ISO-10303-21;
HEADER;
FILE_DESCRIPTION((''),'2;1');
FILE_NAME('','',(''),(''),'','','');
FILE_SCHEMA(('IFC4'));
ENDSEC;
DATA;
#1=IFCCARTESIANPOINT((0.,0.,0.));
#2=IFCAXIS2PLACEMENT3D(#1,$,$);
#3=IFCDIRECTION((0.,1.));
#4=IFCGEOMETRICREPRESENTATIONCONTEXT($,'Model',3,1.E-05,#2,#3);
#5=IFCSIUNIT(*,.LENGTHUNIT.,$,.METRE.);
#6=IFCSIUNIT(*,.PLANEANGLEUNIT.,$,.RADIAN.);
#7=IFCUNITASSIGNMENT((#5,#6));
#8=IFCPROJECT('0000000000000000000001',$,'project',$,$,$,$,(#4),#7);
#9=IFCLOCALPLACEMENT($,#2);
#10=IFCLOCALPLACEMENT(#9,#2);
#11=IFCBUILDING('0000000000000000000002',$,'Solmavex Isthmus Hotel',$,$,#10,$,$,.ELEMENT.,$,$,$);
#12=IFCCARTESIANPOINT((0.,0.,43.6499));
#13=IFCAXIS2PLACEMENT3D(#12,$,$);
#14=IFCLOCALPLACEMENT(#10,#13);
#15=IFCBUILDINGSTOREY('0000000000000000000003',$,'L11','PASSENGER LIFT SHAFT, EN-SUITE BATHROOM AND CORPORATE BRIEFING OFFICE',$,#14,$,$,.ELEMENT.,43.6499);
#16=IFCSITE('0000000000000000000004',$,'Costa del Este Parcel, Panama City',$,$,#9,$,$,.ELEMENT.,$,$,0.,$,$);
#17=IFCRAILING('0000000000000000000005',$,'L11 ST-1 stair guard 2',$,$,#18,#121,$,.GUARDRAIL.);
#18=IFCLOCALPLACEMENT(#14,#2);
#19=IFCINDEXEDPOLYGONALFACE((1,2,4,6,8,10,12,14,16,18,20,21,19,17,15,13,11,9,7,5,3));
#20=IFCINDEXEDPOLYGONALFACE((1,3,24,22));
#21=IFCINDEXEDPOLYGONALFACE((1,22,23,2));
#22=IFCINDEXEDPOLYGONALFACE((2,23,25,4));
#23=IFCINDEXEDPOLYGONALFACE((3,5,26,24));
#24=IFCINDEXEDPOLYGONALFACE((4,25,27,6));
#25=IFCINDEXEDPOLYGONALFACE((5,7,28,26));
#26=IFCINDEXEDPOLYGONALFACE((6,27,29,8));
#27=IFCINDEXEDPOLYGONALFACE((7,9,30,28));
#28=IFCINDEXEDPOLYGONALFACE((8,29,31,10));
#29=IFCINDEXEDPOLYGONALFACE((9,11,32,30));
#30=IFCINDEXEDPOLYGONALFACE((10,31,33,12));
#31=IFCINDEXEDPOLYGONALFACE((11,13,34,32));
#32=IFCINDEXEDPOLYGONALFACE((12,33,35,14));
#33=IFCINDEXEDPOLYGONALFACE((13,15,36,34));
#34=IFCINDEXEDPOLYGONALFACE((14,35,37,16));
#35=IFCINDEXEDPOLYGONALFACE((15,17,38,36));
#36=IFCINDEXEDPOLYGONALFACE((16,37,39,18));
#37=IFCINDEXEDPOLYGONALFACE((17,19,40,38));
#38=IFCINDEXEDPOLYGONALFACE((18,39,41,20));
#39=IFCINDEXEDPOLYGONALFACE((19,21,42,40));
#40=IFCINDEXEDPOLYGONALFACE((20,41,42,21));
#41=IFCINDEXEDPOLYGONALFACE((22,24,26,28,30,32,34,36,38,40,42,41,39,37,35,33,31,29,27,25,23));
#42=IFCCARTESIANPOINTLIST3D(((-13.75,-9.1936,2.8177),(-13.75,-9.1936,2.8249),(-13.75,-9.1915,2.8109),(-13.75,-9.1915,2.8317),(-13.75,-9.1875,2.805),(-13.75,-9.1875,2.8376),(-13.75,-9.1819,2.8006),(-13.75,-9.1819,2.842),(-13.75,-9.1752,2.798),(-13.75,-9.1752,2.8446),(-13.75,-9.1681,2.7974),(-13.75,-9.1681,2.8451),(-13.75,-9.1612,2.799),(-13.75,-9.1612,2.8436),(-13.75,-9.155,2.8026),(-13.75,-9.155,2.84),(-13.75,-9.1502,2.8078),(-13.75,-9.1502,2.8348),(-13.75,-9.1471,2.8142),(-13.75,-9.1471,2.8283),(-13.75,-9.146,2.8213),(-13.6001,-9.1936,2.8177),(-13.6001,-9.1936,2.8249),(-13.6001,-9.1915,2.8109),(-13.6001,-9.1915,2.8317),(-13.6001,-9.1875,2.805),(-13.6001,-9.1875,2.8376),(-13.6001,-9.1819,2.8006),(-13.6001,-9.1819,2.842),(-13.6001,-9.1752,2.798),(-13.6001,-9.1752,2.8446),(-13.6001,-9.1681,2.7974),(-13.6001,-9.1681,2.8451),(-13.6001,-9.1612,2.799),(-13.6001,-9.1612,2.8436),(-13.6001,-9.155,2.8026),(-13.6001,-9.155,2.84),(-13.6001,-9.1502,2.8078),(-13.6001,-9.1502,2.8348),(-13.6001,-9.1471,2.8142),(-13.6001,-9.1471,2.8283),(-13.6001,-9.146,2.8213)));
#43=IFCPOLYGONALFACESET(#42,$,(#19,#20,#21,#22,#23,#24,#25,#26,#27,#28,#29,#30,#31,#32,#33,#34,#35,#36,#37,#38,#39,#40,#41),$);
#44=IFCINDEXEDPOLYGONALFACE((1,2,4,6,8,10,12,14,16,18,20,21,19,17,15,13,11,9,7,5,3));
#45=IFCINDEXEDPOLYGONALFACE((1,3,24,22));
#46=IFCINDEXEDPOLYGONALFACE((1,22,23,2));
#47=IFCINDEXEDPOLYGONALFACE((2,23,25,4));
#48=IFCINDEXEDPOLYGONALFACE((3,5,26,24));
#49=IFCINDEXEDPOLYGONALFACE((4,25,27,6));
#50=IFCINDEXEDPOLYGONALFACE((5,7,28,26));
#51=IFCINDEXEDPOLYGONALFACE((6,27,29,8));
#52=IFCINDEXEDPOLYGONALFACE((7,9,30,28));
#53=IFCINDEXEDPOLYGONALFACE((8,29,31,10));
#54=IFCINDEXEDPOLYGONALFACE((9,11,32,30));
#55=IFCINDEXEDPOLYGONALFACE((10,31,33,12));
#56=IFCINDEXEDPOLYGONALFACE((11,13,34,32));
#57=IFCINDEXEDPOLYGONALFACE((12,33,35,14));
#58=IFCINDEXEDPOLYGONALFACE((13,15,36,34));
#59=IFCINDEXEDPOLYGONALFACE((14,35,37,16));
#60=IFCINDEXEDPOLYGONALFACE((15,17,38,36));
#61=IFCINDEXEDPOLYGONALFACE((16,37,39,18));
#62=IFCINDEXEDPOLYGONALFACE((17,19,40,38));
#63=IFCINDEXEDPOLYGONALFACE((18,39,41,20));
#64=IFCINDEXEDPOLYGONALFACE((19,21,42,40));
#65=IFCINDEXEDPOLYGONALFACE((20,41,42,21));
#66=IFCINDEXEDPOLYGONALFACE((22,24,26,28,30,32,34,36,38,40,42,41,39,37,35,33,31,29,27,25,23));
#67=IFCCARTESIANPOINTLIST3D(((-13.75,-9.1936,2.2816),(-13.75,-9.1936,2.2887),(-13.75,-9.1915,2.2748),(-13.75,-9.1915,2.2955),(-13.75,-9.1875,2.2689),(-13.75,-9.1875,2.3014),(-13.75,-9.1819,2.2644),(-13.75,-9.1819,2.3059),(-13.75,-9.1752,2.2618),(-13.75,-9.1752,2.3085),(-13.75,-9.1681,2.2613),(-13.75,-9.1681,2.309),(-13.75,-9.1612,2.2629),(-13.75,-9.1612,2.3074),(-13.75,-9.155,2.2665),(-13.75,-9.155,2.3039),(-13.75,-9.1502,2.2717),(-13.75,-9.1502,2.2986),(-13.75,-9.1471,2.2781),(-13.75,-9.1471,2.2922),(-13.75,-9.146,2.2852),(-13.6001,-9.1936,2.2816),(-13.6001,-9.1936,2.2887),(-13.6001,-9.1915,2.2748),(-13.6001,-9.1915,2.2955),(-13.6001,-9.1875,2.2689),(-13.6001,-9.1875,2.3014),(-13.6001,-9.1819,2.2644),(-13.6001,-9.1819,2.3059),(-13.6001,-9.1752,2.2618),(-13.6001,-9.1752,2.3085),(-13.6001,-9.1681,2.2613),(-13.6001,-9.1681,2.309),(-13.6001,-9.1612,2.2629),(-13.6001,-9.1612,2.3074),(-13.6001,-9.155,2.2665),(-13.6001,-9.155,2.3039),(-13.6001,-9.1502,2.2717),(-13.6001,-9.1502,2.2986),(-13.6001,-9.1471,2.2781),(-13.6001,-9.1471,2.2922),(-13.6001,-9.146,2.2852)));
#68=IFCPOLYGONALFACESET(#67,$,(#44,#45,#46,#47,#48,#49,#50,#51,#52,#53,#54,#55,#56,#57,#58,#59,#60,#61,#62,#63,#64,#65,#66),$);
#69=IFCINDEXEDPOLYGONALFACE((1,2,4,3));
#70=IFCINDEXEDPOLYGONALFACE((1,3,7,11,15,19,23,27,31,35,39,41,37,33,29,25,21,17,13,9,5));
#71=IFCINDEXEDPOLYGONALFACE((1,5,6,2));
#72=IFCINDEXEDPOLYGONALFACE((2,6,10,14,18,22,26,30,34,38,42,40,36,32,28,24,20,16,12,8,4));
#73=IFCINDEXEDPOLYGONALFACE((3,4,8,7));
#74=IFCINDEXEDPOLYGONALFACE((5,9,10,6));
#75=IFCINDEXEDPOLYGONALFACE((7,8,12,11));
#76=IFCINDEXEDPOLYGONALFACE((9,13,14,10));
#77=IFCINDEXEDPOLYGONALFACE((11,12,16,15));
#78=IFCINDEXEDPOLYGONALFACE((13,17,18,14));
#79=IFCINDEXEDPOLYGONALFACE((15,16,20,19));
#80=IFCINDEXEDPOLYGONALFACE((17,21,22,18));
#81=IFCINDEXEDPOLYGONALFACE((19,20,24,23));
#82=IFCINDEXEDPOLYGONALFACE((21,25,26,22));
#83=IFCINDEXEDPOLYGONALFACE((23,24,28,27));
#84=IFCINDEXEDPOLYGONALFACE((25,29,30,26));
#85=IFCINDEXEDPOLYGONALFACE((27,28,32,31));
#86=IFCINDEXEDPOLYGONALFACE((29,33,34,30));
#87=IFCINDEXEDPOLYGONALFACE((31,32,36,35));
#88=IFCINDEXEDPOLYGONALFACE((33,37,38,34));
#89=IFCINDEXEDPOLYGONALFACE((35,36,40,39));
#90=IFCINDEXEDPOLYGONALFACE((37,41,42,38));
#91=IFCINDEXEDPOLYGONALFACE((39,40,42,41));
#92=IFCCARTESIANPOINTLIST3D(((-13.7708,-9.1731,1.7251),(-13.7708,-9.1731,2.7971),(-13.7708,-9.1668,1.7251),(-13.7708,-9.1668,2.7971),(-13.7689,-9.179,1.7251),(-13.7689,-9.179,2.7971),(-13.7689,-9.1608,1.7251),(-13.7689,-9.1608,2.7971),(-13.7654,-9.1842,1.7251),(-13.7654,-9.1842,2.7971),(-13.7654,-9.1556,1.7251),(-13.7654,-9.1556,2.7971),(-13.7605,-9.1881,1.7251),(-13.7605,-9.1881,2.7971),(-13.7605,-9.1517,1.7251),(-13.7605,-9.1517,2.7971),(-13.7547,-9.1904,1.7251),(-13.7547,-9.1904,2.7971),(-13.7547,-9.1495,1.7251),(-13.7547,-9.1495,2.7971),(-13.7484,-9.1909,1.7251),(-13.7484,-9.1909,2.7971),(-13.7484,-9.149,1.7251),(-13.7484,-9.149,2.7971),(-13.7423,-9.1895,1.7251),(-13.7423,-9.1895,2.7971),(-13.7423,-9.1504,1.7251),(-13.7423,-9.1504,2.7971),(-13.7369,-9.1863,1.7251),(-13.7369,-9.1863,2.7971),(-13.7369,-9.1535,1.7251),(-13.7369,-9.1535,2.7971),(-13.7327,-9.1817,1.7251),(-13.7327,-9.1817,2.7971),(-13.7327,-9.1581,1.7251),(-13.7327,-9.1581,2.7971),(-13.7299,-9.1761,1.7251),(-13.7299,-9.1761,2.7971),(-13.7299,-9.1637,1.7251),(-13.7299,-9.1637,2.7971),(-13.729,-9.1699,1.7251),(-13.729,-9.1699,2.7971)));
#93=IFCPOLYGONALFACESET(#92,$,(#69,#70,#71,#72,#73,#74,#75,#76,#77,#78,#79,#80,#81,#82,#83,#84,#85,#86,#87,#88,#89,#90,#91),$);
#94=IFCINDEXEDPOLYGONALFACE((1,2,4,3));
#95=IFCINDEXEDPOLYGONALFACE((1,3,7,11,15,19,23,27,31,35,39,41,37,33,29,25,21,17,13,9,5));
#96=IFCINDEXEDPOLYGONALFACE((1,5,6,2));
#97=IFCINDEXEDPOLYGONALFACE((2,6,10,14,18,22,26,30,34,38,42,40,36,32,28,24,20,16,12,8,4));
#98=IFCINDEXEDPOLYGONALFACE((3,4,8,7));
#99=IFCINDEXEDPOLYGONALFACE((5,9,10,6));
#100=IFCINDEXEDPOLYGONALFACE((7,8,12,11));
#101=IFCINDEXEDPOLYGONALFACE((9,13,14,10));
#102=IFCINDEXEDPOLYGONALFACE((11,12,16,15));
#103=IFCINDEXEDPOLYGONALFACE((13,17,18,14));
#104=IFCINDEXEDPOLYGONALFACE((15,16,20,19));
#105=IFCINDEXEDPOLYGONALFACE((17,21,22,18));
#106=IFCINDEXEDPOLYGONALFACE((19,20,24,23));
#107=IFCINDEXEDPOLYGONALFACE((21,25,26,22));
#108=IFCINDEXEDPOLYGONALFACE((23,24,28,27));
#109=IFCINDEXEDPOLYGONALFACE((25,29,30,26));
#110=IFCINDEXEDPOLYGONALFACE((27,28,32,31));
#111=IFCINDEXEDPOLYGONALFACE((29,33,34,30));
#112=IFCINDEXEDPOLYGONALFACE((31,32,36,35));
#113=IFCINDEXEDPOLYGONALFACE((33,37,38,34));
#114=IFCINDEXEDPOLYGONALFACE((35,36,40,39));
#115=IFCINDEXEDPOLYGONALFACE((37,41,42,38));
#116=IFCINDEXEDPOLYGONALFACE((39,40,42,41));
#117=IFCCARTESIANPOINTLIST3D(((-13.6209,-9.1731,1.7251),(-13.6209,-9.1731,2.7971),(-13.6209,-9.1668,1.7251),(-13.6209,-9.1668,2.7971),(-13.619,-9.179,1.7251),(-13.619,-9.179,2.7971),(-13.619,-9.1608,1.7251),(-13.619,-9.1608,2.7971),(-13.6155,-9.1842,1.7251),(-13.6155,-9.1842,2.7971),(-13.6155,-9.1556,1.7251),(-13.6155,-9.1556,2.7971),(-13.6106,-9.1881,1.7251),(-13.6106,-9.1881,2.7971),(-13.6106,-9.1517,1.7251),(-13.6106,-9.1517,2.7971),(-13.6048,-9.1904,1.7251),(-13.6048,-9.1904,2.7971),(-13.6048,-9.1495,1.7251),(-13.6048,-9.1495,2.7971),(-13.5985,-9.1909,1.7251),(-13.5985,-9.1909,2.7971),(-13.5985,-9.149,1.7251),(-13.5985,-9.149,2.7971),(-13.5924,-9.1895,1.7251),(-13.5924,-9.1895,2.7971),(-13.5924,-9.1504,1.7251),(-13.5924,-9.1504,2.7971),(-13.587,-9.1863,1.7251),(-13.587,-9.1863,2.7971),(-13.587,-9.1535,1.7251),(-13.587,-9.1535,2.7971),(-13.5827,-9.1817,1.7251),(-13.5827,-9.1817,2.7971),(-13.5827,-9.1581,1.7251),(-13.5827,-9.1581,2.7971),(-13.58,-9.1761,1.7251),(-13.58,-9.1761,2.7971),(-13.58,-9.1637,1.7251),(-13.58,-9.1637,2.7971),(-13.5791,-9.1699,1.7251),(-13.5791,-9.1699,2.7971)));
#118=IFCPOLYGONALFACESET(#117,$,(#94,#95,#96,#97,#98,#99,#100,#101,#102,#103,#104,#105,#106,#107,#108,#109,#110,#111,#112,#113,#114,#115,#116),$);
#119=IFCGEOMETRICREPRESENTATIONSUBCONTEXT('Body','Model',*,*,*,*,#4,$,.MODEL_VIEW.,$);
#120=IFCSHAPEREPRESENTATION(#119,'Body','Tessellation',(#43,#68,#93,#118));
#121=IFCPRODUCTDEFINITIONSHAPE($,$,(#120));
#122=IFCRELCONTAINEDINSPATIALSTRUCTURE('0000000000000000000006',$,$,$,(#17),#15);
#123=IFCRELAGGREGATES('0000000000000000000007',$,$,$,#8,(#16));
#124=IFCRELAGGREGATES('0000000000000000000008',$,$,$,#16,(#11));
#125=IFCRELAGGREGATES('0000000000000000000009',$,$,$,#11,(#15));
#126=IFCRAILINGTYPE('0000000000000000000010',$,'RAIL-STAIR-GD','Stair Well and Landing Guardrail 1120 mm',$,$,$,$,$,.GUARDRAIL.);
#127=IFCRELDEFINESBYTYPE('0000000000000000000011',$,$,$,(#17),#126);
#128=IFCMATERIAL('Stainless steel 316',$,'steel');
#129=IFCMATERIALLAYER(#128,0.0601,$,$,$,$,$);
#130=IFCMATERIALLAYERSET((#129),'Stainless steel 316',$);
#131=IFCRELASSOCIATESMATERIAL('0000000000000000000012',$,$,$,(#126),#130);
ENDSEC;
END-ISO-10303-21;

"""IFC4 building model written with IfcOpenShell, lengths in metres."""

from ifc_helpers import new_model, si_unit, direction, frame, origin, origin_2d, place, context, subcontext, project, spatial, circle, extrude, material, layer, layer_set, type_object, element, save


model = new_model("IFC4")

# Units and contexts
model_context = context("Model", 3, precision=1e-05, world=origin(), true_north=direction((0.0, 1.0)))
body_context = subcontext(model_context, "Body", "Model", "MODEL_VIEW")
ifc_project = project(units=[si_unit("LENGTHUNIT", "METRE"), si_unit("PLANEANGLEUNIT", "RADIAN")], contexts=[model_context])

# Site, building, storey
site_placement = place(None, origin())
site = spatial("IfcSite", under=ifc_project, at=site_placement, Name="Costa del Este Parcel, Panama City", CompositionType="ELEMENT", RefElevation=0.0)
building_placement = place(site_placement, origin())
building = spatial("IfcBuilding", under=site, at=building_placement, Name="Solmavex Isthmus Hotel", CompositionType="ELEMENT")
storey_placement = place(building_placement, frame((0.0, 0.0, 43.6499)))
storey = spatial("IfcBuildingStorey", under=building, at=storey_placement, Name="L11", Description="PASSENGER LIFT SHAFT, EN-SUITE BATHROOM AND CORPORATE BRIEFING OFFICE", CompositionType="ELEMENT", Elevation=43.6499)

# Shared definitions
ifc_material_1 = material(Name="Stainless steel 316", Category="steel")

# Railing
ifc_layer_1 = layer(ifc_material_1, 0.0601)
ifc_layer_set_1 = layer_set([ifc_layer_1], Name="Stainless steel 316")
railing_type_1 = type_object("IfcRailingType", Name="RAIL-STAIR-GD", Description="Stair Well and Landing Guardrail 1120 mm", PredefinedType="GUARDRAIL", material=ifc_layer_set_1)
railing_1_placement = place(storey_placement, frame((-13.75, -9.1699, 1.7251)))
element("IfcRailing", 1, at=railing_1_placement, inside=storey, type_object=railing_type_1, Name="L11 ST-1 stair guard 2", PredefinedType="GUARDRAIL", context=body_context, shape_type="SweptSolid", body=[
    extrude(circle(Radius=0.0239, at=origin_2d()), frame((0.0, 0.0, 1.0962), z_axis=(1.0, 0.0, 0.0), x_axis=(0.0, 1.0, 0.0)), (0.0, 0.0, 1.0), 0.1499),
    extrude(circle(Radius=0.0239, at=origin_2d()), frame((0.0, 0.0, 0.5601), z_axis=(1.0, 0.0, 0.0), x_axis=(0.0, 1.0, 0.0)), (0.0, 0.0, 1.0), 0.1499),
    extrude(circle(Radius=0.021, at=origin_2d()), origin(), (0.0, 0.0, 1.0), 1.072),
    extrude(circle(Radius=0.021, at=origin_2d()), frame((0.1499, 0.0, 0.0)), (0.0, 0.0, 1.0), 1.072),
])

save(model, "model.ifc")
